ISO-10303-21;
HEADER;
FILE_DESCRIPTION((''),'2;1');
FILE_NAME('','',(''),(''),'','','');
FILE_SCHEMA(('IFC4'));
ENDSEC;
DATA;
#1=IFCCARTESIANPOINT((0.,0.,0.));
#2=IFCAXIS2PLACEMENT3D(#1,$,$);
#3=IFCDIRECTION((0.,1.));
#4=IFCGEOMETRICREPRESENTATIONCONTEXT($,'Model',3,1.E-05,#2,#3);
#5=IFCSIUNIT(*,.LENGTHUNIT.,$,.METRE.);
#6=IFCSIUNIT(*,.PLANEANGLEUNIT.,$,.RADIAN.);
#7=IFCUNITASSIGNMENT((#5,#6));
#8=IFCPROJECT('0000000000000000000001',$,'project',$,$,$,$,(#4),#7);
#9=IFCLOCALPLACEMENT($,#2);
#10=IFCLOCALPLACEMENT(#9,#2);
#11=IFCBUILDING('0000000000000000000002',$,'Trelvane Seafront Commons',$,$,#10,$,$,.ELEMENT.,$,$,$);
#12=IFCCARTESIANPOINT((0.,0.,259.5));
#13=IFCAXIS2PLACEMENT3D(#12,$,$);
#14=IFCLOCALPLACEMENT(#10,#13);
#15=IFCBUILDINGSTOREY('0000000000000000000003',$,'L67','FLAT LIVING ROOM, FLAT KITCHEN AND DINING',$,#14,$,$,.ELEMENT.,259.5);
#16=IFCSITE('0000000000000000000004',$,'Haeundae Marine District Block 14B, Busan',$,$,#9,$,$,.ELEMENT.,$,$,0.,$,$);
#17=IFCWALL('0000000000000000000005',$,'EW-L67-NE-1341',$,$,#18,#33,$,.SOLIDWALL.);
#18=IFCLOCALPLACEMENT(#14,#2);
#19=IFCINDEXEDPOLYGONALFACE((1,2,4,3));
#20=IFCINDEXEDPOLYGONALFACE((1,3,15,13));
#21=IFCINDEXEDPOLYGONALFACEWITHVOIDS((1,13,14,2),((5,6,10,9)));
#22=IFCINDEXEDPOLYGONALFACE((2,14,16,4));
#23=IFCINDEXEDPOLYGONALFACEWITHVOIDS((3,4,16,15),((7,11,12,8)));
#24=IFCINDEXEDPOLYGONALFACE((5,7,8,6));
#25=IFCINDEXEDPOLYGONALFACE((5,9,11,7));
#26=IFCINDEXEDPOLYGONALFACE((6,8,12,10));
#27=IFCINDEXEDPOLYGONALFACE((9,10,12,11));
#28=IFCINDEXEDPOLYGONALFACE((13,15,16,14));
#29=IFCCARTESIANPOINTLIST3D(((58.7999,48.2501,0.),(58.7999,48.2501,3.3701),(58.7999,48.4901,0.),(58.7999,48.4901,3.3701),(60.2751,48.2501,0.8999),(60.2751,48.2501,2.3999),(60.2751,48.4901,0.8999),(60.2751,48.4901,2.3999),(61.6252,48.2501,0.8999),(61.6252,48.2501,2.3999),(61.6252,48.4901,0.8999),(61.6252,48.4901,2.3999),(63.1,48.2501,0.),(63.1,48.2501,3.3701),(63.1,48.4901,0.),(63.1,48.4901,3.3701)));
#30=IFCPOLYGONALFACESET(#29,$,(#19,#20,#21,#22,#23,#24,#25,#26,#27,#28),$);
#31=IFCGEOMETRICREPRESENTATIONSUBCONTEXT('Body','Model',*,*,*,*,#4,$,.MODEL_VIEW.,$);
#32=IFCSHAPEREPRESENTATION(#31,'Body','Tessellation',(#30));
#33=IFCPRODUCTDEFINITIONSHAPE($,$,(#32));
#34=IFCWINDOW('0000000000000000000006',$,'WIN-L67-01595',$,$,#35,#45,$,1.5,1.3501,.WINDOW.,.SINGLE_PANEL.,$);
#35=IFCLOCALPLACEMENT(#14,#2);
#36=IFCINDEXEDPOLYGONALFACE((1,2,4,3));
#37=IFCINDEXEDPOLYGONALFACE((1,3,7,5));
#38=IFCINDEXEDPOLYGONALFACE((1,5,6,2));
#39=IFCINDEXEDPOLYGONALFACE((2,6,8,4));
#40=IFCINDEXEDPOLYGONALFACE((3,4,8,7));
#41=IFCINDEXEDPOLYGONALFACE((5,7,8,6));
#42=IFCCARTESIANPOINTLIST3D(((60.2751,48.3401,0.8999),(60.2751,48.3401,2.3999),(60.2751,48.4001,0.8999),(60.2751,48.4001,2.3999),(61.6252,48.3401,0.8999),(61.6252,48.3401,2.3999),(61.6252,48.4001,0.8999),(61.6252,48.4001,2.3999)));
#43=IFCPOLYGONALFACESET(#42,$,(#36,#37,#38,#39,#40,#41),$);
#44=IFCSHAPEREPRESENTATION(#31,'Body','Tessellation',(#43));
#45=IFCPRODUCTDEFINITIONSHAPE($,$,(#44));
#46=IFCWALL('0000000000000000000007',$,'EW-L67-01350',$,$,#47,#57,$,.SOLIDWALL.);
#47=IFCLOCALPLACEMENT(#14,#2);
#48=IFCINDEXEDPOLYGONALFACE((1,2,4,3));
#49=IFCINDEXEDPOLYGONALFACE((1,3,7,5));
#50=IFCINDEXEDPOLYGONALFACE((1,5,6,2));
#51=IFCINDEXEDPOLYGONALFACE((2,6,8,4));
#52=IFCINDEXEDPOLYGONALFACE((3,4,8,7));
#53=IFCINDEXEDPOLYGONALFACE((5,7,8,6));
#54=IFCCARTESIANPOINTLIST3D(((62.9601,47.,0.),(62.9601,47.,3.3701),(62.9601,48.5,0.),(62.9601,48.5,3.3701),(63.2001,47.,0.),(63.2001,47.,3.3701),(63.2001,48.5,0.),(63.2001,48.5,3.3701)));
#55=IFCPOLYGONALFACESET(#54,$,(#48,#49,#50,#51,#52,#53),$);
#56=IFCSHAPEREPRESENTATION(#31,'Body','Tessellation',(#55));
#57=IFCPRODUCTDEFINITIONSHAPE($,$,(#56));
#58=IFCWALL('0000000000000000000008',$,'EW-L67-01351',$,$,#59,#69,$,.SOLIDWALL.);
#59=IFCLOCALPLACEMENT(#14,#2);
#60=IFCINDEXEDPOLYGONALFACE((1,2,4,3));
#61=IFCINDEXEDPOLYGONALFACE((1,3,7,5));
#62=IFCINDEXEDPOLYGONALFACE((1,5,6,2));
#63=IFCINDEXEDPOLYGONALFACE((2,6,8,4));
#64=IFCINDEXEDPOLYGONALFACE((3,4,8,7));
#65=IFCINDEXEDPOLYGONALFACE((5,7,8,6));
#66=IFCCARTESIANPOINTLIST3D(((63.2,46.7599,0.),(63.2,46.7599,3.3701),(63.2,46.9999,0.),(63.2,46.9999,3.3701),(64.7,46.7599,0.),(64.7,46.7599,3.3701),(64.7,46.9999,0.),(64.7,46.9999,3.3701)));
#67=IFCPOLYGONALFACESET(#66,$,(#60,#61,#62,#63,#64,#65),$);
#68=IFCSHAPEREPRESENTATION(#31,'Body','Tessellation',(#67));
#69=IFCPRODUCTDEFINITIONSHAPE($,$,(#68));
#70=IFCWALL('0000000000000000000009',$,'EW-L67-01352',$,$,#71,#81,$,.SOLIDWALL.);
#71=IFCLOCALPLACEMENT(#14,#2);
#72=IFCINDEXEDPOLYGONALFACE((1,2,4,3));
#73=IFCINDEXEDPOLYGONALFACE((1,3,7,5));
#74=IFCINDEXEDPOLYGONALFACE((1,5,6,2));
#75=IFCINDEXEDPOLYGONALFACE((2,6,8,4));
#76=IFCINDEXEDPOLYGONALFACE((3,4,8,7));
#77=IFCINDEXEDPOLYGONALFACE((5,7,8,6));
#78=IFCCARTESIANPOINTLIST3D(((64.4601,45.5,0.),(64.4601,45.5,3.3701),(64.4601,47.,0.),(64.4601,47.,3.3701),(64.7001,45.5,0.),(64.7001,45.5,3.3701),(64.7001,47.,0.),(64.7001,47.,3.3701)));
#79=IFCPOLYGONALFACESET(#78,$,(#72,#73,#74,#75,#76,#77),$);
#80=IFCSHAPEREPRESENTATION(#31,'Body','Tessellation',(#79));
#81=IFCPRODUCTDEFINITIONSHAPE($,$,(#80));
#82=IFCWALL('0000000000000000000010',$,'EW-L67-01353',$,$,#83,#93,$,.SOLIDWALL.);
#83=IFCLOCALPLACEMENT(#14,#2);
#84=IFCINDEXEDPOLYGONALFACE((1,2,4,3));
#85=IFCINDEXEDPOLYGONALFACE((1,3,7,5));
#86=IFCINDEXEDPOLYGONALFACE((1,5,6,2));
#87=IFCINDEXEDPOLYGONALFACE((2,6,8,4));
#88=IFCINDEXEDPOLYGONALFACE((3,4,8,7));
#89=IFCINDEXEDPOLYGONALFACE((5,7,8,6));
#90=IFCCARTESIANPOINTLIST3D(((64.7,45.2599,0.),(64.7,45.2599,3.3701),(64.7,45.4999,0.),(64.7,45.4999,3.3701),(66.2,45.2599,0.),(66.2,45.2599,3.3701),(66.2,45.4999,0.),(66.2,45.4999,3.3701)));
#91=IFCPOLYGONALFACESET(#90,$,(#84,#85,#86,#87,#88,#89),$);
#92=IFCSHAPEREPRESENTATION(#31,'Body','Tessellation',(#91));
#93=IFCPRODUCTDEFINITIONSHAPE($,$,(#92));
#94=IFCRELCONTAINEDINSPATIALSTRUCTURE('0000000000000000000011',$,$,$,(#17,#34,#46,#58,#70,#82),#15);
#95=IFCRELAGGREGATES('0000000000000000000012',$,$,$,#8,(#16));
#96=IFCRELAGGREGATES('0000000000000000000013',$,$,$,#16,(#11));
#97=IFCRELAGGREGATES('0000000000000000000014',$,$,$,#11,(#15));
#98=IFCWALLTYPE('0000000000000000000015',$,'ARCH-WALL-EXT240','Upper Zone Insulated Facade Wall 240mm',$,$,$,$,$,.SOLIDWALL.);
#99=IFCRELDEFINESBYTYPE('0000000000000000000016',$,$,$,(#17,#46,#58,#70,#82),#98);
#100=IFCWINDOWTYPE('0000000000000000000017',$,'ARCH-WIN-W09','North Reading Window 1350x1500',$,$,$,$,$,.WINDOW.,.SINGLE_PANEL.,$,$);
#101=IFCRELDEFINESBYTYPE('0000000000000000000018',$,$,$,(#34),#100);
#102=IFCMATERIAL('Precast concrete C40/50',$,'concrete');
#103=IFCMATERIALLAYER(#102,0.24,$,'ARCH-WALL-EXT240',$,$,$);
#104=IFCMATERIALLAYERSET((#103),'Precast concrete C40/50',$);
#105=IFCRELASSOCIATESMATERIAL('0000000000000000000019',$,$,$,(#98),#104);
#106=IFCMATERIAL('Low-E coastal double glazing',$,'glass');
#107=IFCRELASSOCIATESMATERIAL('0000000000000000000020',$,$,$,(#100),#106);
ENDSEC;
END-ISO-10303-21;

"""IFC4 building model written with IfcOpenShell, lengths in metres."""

from ifc_helpers import new_model, si_unit, direction, frame, frame_2d, origin, place, context, subcontext, project, spatial, rectangle, extrude, source, transform, mapped, material, layer, layer_set, type_object, element, fill, save


model = new_model("IFC4")

# Units and contexts
model_context = context("Model", 3, precision=1e-05, world=origin(), true_north=direction((0.0, 1.0)))
body_context = subcontext(model_context, "Body", "Model", "MODEL_VIEW")
ifc_project = project(units=[si_unit("LENGTHUNIT", "METRE"), si_unit("PLANEANGLEUNIT", "RADIAN")], contexts=[model_context])

# Site, building, storey
site_placement = place(None, origin())
site = spatial("IfcSite", under=ifc_project, at=site_placement, Name="Haeundae Marine District Block 14B, Busan", CompositionType="ELEMENT", RefElevation=0.0)
building_placement = place(site_placement, origin())
building = spatial("IfcBuilding", under=site, at=building_placement, Name="Trelvane Seafront Commons", CompositionType="ELEMENT")
storey_placement = place(building_placement, frame((0.0, 0.0, 259.5)))
storey = spatial("IfcBuildingStorey", under=building, at=storey_placement, Name="L67", Description="FLAT LIVING ROOM, FLAT KITCHEN AND DINING", CompositionType="ELEMENT", Elevation=259.5)

# Shared definitions
ifc_material_1 = material(Name="Low-E coastal double glazing", Category="glass")

# Wall, opening, window
ifc_material_2 = material(Name="Precast concrete C40/50", Category="concrete")
ifc_layer_1 = layer(ifc_material_2, 0.24, Name="ARCH-WALL-EXT240")
ifc_layer_set_1 = layer_set([ifc_layer_1], Name="Precast concrete C40/50")
wall_type_1 = type_object("IfcWallType", Name="ARCH-WALL-EXT240", Description="Upper Zone Insulated Facade Wall 240mm", PredefinedType="SOLIDWALL", material=ifc_layer_set_1)
wall_1_placement = place(storey_placement, frame((58.8, 48.3701, 0.0), z_axis=(0.0, 0.0, 1.0), x_axis=(1.0, 0.0, 0.0)))
wall_1 = element("IfcWall", 1, at=wall_1_placement, inside=storey, type_object=wall_type_1, Name="EW-L67-NE-1341", PredefinedType="SOLIDWALL", context=body_context, shape_type="SweptSolid", body=[
    extrude(rectangle(XDim=4.3, YDim=0.24, at=frame_2d((2.1499, 0.0))), origin(), (0.0, 0.0, 1.0), 3.3701),
])
opening_1_placement = place(wall_1_placement, frame((1.4751, 0.0, 0.8999)))
opening_1 = element("IfcOpeningElement", 2, at=opening_1_placement, cuts=wall_1, PredefinedType="OPENING", context=body_context, shape_type="SweptSolid", body=[
    extrude(rectangle(XDim=1.3501, YDim=1.5, at=frame_2d((0.675, 0.75))), frame((0.0, 0.1299, 0.0), z_axis=(0.0, -1.0, 0.0), x_axis=(1.0, 0.0, 0.0)), (0.0, 0.0, 1.0), 0.26),
])
window_type_1 = type_object("IfcWindowType", Name="ARCH-WIN-W09", Description="North Reading Window 1350x1500", PartitioningType="SINGLE_PANEL", PredefinedType="WINDOW", material=ifc_material_1)
shared_shape_1 = source(origin(), body_context, "Body", "SweptSolid", [
    extrude(rectangle(XDim=1.3501, YDim=1.5, at=frame_2d((0.675, 0.75))), frame((0.0, 0.03, 0.0), z_axis=(0.0, -1.0, 0.0), x_axis=(1.0, 0.0, 0.0)), (0.0, 0.0, 1.0), 0.0601),
])
window_1_placement = place(opening_1_placement, origin())
window_1 = element("IfcWindow", 3, at=window_1_placement, inside=storey, type_object=window_type_1, Name="WIN-L67-01595", OverallHeight=1.5, OverallWidth=1.3501, PartitioningType="SINGLE_PANEL", PredefinedType="WINDOW", context=body_context, shape_type="MappedRepresentation", body=[
    mapped(shared_shape_1, transform((0.0, 0.0, 0.0), x_axis=(1.0, 0.0, 0.0), y_axis=(0.0, 1.0, 0.0), z_axis=(0.0, 0.0, 1.0), scale=1.0)),
])
fill(opening_1, window_1)

# Walls
for number, where, z_axis, x_axis, name in (
    (4, (63.0801, 48.5, 0.0), (0.0, 0.0, 1.0), (0.0, -1.0, 0.0), "EW-L67-01350"),
    (5, (63.2, 46.8799, 0.0), (0.0, 0.0, 1.0), (1.0, 0.0, 0.0), "EW-L67-01351"),
    (6, (64.5801, 47.0, 0.0), (0.0, 0.0, 1.0), (0.0, -1.0, 0.0), "EW-L67-01352"),
    (7, (64.7, 45.3799, 0.0), (0.0, 0.0, 1.0), (1.0, 0.0, 0.0), "EW-L67-01353"),
):
    element("IfcWall", number, at=place(storey_placement, frame(where, z_axis=z_axis, x_axis=x_axis)), inside=storey, type_object=wall_type_1, Name=name, PredefinedType="SOLIDWALL", context=body_context, shape_type="SweptSolid", body=[
        extrude(rectangle(XDim=1.5, YDim=0.24, at=frame_2d((0.75, 0.0))), origin(), (0.0, 0.0, 1.0), 3.3701),
    ])

save(model, "model.ifc")
